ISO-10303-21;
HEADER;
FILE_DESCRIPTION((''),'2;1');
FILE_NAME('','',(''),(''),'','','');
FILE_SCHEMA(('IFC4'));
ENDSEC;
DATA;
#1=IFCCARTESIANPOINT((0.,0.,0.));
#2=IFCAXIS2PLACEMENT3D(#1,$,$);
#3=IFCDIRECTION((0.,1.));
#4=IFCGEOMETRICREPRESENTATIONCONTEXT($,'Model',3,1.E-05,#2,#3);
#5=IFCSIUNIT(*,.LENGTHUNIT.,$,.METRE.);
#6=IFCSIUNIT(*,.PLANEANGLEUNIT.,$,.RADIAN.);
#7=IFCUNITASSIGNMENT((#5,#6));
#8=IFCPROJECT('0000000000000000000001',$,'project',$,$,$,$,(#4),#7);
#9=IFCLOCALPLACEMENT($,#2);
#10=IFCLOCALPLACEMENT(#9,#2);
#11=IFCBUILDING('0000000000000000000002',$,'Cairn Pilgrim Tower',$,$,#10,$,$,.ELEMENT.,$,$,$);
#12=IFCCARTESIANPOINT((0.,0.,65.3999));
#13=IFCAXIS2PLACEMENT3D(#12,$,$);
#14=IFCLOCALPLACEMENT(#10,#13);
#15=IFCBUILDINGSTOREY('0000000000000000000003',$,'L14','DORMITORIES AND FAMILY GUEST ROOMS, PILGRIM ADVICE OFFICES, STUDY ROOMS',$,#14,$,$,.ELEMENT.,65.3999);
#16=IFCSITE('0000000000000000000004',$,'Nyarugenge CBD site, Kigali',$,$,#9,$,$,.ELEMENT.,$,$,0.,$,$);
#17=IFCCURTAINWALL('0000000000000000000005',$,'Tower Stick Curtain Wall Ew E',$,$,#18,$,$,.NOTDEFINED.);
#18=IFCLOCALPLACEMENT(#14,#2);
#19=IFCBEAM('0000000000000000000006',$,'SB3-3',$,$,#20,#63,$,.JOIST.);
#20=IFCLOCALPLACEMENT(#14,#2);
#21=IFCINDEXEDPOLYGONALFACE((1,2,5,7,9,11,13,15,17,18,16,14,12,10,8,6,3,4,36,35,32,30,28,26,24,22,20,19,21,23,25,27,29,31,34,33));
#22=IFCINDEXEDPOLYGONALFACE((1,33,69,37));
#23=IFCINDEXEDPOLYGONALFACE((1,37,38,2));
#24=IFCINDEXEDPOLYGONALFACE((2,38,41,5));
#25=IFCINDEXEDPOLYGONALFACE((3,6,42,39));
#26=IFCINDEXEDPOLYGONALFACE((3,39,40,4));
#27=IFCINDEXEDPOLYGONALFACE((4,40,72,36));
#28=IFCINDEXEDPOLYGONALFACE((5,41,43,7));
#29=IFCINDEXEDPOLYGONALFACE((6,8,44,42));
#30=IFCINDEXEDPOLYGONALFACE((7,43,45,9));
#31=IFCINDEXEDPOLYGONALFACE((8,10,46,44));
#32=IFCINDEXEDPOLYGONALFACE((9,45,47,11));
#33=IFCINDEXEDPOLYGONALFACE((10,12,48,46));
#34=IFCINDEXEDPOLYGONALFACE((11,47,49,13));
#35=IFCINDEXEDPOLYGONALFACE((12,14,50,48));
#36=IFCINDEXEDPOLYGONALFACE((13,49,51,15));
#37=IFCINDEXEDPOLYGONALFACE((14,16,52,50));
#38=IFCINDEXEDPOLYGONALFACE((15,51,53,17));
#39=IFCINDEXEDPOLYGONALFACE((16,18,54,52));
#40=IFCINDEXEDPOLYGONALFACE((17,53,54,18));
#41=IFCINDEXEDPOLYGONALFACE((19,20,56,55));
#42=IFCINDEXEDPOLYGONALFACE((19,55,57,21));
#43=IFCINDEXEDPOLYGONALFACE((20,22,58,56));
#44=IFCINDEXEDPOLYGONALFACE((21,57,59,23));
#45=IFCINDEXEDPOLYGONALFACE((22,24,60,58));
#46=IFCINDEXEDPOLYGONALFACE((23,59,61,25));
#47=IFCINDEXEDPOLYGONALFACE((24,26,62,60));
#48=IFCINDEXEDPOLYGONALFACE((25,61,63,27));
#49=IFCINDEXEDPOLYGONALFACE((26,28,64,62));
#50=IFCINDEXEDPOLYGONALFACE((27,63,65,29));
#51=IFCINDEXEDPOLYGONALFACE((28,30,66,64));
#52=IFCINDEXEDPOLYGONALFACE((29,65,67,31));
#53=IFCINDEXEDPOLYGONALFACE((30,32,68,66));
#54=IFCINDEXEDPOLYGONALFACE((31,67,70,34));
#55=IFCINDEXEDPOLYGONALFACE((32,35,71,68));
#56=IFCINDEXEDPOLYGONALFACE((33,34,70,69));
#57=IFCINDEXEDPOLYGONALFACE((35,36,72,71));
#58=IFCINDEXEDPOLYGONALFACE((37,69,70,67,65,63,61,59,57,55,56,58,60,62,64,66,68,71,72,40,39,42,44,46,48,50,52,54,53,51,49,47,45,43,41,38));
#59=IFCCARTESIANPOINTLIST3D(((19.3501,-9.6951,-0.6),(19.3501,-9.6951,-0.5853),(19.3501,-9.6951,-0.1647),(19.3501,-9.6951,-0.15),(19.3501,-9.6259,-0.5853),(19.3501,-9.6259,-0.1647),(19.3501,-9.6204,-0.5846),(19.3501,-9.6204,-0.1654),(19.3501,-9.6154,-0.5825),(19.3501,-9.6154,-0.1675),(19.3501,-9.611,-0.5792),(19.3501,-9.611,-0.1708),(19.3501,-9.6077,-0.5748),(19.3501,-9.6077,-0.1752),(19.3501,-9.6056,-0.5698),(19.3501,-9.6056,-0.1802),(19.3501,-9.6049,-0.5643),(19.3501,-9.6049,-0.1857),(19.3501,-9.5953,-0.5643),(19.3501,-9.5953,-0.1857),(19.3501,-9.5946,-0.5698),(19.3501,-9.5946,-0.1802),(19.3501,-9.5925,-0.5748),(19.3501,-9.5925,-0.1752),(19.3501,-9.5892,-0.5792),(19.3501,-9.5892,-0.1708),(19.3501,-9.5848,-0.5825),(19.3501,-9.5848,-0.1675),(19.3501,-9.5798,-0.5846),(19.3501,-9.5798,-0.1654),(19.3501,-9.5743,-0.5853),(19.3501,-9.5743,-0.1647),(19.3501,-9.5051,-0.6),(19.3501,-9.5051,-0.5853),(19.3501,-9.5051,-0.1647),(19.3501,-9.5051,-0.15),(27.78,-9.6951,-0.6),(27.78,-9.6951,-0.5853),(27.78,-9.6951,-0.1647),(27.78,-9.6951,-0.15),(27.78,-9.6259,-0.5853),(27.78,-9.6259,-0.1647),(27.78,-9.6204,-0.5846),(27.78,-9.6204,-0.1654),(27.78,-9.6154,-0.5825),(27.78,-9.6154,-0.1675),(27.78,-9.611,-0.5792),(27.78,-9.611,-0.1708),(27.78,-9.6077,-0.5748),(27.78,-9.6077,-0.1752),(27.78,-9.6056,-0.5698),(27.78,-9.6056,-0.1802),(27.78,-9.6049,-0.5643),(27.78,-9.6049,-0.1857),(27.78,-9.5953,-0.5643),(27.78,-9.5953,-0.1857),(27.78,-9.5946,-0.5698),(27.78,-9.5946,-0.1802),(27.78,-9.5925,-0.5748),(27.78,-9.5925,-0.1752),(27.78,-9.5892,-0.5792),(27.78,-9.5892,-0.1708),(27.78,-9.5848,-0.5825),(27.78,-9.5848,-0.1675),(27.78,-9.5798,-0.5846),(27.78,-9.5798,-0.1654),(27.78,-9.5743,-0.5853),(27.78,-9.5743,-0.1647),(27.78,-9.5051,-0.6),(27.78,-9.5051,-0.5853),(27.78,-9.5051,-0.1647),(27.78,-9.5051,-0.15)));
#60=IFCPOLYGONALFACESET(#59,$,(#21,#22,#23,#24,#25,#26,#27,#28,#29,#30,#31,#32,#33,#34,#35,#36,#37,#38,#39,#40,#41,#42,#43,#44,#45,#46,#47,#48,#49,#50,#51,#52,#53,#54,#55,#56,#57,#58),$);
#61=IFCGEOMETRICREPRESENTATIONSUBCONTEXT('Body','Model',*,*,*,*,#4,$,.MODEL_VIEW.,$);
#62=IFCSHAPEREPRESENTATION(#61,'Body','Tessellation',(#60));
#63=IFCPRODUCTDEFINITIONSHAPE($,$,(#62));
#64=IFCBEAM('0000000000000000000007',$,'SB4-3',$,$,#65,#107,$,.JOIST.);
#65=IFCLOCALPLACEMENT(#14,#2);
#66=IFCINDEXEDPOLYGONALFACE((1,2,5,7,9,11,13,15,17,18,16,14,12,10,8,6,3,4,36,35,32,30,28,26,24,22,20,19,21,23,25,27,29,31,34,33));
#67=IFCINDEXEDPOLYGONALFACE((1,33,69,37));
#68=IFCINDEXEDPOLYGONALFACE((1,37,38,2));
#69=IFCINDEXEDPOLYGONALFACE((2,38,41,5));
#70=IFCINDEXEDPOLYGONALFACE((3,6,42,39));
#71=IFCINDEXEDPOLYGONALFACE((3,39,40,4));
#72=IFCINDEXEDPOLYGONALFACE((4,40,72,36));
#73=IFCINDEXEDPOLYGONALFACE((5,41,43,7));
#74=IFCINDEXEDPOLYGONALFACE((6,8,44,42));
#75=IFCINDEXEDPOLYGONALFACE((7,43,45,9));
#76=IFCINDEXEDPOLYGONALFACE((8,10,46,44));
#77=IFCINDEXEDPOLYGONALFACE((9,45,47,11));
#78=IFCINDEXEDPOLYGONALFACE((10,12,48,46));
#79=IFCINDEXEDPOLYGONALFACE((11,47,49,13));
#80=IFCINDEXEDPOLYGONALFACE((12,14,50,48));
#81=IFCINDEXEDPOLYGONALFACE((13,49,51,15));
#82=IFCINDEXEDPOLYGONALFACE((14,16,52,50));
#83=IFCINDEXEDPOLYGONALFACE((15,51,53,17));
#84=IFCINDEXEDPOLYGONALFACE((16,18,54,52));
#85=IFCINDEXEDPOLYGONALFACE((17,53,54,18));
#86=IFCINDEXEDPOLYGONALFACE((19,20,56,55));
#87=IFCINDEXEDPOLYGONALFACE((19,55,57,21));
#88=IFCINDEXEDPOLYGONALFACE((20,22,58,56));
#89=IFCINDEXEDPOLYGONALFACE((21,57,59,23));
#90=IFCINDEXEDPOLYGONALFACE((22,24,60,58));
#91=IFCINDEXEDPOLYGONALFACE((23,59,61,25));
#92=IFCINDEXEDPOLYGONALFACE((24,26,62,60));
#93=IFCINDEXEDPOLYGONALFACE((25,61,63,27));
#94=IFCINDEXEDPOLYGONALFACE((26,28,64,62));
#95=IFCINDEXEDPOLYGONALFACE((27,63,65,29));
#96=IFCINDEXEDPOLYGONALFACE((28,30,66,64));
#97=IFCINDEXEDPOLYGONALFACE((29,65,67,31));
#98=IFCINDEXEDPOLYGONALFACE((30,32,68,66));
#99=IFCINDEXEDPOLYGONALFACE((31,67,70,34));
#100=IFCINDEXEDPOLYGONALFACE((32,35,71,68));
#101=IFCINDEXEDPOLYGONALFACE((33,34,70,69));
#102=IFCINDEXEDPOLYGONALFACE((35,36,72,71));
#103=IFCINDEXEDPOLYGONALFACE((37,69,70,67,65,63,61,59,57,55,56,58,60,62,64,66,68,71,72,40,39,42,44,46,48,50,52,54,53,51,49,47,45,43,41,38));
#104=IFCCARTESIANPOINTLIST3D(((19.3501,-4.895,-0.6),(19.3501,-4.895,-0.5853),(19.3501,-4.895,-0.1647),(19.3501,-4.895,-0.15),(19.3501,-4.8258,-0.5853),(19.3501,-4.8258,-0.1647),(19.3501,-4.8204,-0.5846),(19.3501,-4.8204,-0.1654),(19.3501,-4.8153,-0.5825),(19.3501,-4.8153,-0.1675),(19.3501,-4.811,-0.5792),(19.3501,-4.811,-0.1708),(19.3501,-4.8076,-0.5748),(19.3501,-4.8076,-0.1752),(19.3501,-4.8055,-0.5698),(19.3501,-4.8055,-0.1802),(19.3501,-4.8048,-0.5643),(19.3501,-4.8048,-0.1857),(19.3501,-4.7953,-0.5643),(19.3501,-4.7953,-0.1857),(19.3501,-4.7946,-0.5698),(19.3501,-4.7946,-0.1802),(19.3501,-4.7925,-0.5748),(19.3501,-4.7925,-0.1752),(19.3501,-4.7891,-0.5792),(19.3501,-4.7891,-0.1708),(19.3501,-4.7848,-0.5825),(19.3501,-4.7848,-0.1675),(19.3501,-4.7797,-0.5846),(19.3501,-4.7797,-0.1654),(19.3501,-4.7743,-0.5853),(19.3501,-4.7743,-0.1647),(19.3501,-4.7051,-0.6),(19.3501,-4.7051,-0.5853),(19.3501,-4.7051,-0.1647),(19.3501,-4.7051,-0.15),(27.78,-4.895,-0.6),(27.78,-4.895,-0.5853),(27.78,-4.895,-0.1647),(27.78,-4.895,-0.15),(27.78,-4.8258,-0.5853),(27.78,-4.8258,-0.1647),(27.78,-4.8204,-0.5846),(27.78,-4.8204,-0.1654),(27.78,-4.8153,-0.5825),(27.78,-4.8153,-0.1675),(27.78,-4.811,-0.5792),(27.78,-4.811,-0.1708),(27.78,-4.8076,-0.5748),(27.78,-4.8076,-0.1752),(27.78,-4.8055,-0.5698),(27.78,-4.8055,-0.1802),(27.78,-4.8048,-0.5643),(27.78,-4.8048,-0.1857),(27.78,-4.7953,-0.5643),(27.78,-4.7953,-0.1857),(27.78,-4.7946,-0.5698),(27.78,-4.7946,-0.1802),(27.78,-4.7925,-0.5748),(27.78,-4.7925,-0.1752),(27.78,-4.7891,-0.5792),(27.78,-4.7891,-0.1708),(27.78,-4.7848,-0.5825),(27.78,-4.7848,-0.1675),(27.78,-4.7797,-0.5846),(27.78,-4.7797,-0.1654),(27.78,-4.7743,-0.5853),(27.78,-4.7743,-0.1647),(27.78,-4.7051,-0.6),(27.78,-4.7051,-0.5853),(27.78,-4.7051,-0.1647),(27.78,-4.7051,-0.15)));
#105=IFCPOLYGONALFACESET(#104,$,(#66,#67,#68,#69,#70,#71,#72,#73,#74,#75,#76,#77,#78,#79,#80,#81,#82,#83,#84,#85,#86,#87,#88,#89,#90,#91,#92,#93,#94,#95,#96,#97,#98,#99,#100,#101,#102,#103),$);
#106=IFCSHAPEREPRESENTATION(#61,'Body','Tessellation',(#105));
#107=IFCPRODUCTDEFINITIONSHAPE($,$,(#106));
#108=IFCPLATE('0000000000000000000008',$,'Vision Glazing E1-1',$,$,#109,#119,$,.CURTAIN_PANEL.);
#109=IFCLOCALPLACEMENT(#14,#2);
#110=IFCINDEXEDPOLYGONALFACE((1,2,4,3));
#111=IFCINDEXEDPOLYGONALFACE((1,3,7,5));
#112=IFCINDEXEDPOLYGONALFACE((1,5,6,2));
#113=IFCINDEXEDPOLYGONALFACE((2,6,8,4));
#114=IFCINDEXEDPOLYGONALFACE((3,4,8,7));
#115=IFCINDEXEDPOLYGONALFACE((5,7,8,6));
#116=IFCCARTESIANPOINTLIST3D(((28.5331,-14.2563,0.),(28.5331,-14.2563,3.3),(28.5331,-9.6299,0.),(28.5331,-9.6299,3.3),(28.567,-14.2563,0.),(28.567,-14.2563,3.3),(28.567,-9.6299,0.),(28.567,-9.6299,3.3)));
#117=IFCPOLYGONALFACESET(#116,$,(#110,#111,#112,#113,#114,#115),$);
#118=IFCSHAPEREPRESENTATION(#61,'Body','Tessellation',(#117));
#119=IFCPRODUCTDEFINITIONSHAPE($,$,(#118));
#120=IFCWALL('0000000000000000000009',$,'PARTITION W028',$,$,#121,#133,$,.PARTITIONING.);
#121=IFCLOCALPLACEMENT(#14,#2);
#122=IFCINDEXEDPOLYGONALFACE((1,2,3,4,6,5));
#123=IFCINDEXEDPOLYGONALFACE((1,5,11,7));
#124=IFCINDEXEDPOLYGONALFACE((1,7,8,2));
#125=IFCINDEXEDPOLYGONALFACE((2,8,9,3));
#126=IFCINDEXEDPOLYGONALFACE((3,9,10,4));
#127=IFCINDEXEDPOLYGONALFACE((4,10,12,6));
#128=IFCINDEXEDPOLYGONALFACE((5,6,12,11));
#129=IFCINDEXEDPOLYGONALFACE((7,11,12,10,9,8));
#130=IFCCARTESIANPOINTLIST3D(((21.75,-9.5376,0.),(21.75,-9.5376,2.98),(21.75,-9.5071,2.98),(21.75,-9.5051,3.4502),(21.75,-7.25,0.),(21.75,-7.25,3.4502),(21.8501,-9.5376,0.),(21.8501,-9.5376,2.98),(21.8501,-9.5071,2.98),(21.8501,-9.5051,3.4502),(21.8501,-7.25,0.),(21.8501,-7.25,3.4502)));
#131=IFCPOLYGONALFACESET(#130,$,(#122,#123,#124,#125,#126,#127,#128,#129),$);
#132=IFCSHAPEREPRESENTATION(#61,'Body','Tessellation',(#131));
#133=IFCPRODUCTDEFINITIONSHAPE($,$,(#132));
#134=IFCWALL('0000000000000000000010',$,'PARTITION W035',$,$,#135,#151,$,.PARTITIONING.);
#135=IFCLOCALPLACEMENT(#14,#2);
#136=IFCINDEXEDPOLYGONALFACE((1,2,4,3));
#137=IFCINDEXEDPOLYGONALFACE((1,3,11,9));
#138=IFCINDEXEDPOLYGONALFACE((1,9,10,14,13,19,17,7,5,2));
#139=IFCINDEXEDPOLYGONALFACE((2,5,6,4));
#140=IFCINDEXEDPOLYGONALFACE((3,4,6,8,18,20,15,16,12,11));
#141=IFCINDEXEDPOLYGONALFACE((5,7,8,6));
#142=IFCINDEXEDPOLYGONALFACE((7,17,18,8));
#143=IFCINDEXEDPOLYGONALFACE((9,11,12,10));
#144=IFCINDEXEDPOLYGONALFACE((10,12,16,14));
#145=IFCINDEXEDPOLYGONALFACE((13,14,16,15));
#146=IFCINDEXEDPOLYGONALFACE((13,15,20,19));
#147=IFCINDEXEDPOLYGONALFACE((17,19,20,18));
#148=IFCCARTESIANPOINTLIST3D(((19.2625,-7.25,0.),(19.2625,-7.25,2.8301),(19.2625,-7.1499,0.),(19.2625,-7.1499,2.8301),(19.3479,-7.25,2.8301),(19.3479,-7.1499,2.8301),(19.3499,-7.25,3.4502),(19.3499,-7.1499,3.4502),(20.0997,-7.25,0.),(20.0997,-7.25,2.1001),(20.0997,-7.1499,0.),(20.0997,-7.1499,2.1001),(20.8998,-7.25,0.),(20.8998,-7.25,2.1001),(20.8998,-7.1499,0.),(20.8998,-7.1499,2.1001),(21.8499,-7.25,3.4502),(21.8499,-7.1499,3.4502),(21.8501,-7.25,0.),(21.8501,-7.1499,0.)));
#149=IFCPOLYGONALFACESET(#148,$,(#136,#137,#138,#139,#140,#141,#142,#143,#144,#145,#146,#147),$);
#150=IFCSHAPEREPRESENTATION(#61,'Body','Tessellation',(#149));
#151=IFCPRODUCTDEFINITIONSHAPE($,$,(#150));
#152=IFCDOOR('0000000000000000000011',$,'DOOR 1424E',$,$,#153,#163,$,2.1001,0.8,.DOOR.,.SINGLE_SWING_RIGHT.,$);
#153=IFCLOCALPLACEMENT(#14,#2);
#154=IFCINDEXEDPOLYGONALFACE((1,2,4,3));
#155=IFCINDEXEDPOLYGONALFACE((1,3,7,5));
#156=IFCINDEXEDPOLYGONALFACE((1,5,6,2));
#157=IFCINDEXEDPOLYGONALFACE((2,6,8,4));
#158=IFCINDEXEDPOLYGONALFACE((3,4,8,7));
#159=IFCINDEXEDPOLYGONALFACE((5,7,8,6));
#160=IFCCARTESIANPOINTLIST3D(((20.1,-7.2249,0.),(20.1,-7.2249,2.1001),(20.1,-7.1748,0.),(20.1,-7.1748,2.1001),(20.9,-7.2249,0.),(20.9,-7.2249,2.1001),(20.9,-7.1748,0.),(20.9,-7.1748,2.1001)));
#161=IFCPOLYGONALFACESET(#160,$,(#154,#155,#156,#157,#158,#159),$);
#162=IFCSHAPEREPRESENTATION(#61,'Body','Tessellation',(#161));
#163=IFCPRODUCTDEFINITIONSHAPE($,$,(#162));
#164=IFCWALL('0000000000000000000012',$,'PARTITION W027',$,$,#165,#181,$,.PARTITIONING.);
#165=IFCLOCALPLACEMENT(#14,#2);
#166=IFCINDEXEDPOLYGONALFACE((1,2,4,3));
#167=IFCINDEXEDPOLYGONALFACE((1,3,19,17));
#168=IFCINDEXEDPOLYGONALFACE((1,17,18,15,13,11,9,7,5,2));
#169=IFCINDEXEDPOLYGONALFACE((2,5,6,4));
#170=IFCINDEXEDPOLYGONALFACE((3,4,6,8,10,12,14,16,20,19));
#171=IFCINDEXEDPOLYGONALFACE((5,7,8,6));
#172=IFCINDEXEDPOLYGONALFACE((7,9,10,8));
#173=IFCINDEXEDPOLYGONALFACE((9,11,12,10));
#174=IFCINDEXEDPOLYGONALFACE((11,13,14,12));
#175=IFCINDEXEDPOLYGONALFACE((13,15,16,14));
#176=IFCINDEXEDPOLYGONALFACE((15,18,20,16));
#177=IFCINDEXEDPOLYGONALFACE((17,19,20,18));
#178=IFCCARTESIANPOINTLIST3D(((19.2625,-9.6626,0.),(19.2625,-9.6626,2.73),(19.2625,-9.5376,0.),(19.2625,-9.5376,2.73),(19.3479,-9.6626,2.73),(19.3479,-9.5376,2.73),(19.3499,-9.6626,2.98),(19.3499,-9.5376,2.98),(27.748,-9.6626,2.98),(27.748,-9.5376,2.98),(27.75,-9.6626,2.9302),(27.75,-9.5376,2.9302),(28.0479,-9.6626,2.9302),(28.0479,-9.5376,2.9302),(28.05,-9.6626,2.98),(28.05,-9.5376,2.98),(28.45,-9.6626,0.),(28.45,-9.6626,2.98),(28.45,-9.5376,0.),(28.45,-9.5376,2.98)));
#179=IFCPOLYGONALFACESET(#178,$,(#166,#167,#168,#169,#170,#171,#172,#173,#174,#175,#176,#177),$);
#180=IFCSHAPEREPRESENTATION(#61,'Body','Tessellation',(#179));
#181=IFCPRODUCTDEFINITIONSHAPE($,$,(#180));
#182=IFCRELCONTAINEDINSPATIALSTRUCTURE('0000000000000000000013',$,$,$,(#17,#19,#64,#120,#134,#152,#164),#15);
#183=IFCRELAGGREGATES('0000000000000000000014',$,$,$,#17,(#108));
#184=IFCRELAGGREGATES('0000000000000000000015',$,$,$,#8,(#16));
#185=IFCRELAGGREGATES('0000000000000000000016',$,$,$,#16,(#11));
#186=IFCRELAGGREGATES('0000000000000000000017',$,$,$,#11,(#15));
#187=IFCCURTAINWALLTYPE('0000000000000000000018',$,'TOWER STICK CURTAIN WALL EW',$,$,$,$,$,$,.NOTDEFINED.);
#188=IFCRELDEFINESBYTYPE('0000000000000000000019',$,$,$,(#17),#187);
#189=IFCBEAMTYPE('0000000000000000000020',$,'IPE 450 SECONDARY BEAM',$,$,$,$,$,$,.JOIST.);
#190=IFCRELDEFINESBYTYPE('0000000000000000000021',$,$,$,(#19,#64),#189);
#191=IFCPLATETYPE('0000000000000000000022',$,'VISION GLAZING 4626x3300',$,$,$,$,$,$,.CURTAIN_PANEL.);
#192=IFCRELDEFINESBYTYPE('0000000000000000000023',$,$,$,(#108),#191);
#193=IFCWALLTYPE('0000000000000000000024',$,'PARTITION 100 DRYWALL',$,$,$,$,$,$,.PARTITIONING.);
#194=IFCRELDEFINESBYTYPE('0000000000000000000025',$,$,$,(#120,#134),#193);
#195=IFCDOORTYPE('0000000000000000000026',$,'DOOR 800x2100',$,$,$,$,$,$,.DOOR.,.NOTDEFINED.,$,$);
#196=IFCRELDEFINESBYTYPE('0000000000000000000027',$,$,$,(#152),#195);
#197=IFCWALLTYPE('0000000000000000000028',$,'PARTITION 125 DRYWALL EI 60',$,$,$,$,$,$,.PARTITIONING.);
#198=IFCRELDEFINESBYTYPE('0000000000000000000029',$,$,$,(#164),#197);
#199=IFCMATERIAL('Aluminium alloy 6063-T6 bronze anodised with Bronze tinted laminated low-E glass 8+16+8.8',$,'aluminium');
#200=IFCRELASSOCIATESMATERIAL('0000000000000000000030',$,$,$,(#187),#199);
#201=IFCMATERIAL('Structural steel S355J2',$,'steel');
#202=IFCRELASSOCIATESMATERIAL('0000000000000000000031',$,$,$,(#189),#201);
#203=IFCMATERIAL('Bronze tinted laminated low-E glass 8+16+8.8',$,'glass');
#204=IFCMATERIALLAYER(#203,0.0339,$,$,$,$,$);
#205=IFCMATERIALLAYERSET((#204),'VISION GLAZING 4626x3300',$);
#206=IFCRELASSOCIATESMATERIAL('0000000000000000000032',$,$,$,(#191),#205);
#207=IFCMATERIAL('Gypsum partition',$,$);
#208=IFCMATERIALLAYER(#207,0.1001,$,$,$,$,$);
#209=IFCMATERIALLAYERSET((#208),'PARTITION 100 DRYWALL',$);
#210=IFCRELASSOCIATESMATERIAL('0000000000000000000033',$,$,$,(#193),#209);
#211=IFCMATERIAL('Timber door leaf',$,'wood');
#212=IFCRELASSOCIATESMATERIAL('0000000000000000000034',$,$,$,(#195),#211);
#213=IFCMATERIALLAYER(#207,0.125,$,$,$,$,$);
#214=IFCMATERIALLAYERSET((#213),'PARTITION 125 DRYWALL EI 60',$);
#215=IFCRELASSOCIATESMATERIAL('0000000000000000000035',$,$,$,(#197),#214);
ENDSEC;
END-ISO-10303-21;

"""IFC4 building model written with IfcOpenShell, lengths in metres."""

from ifc_helpers import new_model, si_unit, direction, frame, frame_2d, origin, origin_2d, place, context, subcontext, project, spatial, polyline, rectangle, i_section, outline, extrude, material, layer, layer_set, material_profile, profile_set, type_object, element, fill, aggregate, save


model = new_model("IFC4")

# Units and contexts
model_context = context("Model", 3, precision=1e-05, world=origin(), true_north=direction((0.0, 1.0)))
body_context = subcontext(model_context, "Body", "Model", "MODEL_VIEW")
ifc_project = project(units=[si_unit("LENGTHUNIT", "METRE"), si_unit("PLANEANGLEUNIT", "RADIAN")], contexts=[model_context])

# Site, building, storey
site_placement = place(None, origin())
site = spatial("IfcSite", under=ifc_project, at=site_placement, Name="Nyarugenge CBD site, Kigali", CompositionType="ELEMENT", RefElevation=0.0)
building_placement = place(site_placement, origin())
building = spatial("IfcBuilding", under=site, at=building_placement, Name="Cairn Pilgrim Tower", CompositionType="ELEMENT")
storey_placement = place(building_placement, frame((0.0, 0.0, 65.3999)))
storey = spatial("IfcBuildingStorey", under=building, at=storey_placement, Name="L14", Description="DORMITORIES AND FAMILY GUEST ROOMS, PILGRIM ADVICE OFFICES, STUDY ROOMS", CompositionType="ELEMENT", Elevation=65.3999)

# Curtain wall
ifc_material_1 = material(Name="Aluminium alloy 6063-T6 bronze anodised with Bronze tinted laminated low-E glass 8+16+8.8", Category="aluminium")
curtain_wall_type = type_object("IfcCurtainWallType", Name="TOWER STICK CURTAIN WALL EW", PredefinedType="NOTDEFINED", material=ifc_material_1)
curtain_wall_placement = place(storey_placement, origin())
curtain_wall = element("IfcCurtainWall", 1, at=curtain_wall_placement, inside=storey, type_object=curtain_wall_type, Name="Tower Stick Curtain Wall Ew E", PredefinedType="NOTDEFINED")

# Beams
ifc_material_2 = material(Name="Structural steel S355J2", Category="steel")
ifc_material_profile_1 = material_profile(ifc_material_2, i_section(OverallWidth=0.1899, OverallDepth=0.45, WebThickness=0.0095, FlangeThickness=0.0146, FilletRadius=0.021, at=origin_2d()), Name="IPE 450")
ifc_profile_set_1 = profile_set([ifc_material_profile_1], Name="Structural steel S355J2")
beam_type_1 = type_object("IfcBeamType", Name="IPE 450 SECONDARY BEAM", PredefinedType="JOIST", material=ifc_profile_set_1)
for number, where, z_axis, x_axis, name in (
    (2, (19.3501, -9.6001, -0.375), (1.0, 0.0, 0.0), (0.0, 1.0, 0.0), "SB3-3"),
    (3, (19.3501, -4.8, -0.375), (1.0, 0.0, 0.0), (0.0, 1.0, 0.0), "SB4-3"),
):
    element("IfcBeam", number, at=place(storey_placement, frame(where, z_axis=z_axis, x_axis=x_axis)), inside=storey, type_object=beam_type_1, Name=name, PredefinedType="JOIST", context=body_context, shape_type="SweptSolid", body=[
        extrude(i_section(OverallWidth=0.1899, OverallDepth=0.45, WebThickness=0.0095, FlangeThickness=0.0146, FilletRadius=0.021, at=origin_2d()), origin(), (0.0, 0.0, 1.0), 8.4299),
    ])

# Plate
ifc_material_3 = material(Name="Bronze tinted laminated low-E glass 8+16+8.8", Category="glass")
ifc_layer_1 = layer(ifc_material_3, 0.0339)
ifc_layer_set_1 = layer_set([ifc_layer_1], Name="VISION GLAZING 4626x3300")
plate_type = type_object("IfcPlateType", Name="VISION GLAZING 4626x3300", PredefinedType="CURTAIN_PANEL", material=ifc_layer_set_1)
plate_placement = place(storey_placement, frame((28.55, -11.9431, 0.0), z_axis=(0.0, 0.0, 1.0), x_axis=(0.0, 1.0, 0.0)))
plate = element("IfcPlate", 4, at=plate_placement, type_object=plate_type, Name="Vision Glazing E1-1", PredefinedType="CURTAIN_PANEL", context=body_context, shape_type="SweptSolid", body=[
    extrude(rectangle(XDim=4.6265, YDim=0.0339, at=origin_2d()), origin(), (0.0, 0.0, 1.0), 3.3),
])
aggregate(curtain_wall, [plate])

# Wall
ifc_material_4 = material(Name="Gypsum partition")
ifc_layer_2 = layer(ifc_material_4, 0.1001)
ifc_layer_set_2 = layer_set([ifc_layer_2], Name="PARTITION 100 DRYWALL")
wall_type_1 = type_object("IfcWallType", Name="PARTITION 100 DRYWALL", PredefinedType="PARTITIONING", material=ifc_layer_set_2)
wall_1_placement = place(storey_placement, frame((21.8, -9.5376, 0.0), z_axis=(0.0, 0.0, 1.0), x_axis=(0.0, 1.0, 0.0)))
element("IfcWall", 5, at=wall_1_placement, inside=storey, type_object=wall_type_1, Name="PARTITION W028", PredefinedType="PARTITIONING", context=body_context, shape_type="SweptSolid", body=[
    extrude(outline(polyline([(0.0, 0.0), (2.2876, 0.0), (2.2876, 3.4502), (0.0325, 3.4502), (0.0305, 2.98), (0.0, 2.98), (0.0, 0.0)])), frame((0.0, 0.05, 0.0), z_axis=(0.0, -1.0, 0.0), x_axis=(1.0, 0.0, 0.0)), (0.0, 0.0, 1.0), 0.1001),
])

# Wall, opening, door
wall_2_placement = place(storey_placement, frame((19.2625, -7.2, 0.0), z_axis=(0.0, 0.0, 1.0), x_axis=(1.0, 0.0, 0.0)))
wall_2 = element("IfcWall", 6, at=wall_2_placement, inside=storey, type_object=wall_type_1, Name="PARTITION W035", PredefinedType="PARTITIONING", context=body_context, shape_type="SweptSolid", body=[
    extrude(outline(polyline([(0.0, 0.0), (2.5876, 0.0), (2.5874, 3.4502), (0.0874, 3.4502), (0.0854, 2.8301), (0.0, 2.8301), (0.0, 0.0)])), frame((0.0, 0.05, 0.0), z_axis=(0.0, -1.0, 0.0), x_axis=(1.0, 0.0, 0.0)), (0.0, 0.0, 1.0), 0.1001),
])
opening_1_placement = place(wall_2_placement, frame((0.8374, 0.0, 0.0)))
opening_1 = element("IfcOpeningElement", 7, at=opening_1_placement, cuts=wall_2, PredefinedType="OPENING", context=body_context, shape_type="SweptSolid", body=[
    extrude(rectangle(XDim=0.8, YDim=2.1001, at=frame_2d((0.3999, 1.05))), frame((0.0, 0.0601, 0.0), z_axis=(0.0, -1.0, 0.0), x_axis=(1.0, 0.0, 0.0)), (0.0, 0.0, 1.0), 0.1201),
])
ifc_material_5 = material(Name="Timber door leaf", Category="wood")
door_type_1 = type_object("IfcDoorType", Name="DOOR 800x2100", OperationType="NOTDEFINED", PredefinedType="DOOR", material=ifc_material_5)
door_1_placement = place(opening_1_placement, frame((0.8, 0.0, 0.0), z_axis=(0.0, 0.0, 1.0), x_axis=(-1.0, 0.0, 0.0)))
door_1 = element("IfcDoor", 8, at=door_1_placement, inside=storey, type_object=door_type_1, Name="DOOR 1424E", OperationType="SINGLE_SWING_RIGHT", OverallHeight=2.1001, OverallWidth=0.8, PredefinedType="DOOR", context=body_context, shape_type="SweptSolid", body=[
    extrude(rectangle(XDim=0.8, YDim=2.1001, at=frame_2d((0.3999, 1.05))), frame((0.0, 0.0249, 0.0), z_axis=(0.0, -1.0, 0.0), x_axis=(1.0, 0.0, 0.0)), (0.0, 0.0, 1.0), 0.05),
])
fill(opening_1, door_1)

# Wall
ifc_layer_3 = layer(ifc_material_4, 0.125)
ifc_layer_set_3 = layer_set([ifc_layer_3], Name="PARTITION 125 DRYWALL EI 60")
wall_type_2 = type_object("IfcWallType", Name="PARTITION 125 DRYWALL EI 60", PredefinedType="PARTITIONING", material=ifc_layer_set_3)
wall_3_placement = place(storey_placement, frame((19.2625, -9.6001, 0.0), z_axis=(0.0, 0.0, 1.0), x_axis=(1.0, 0.0, 0.0)))
element("IfcWall", 9, at=wall_3_placement, inside=storey, type_object=wall_type_2, Name="PARTITION W027", PredefinedType="PARTITIONING", context=body_context, shape_type="SweptSolid", body=[
    extrude(outline(polyline([(0.0, 0.0), (9.1875, 0.0), (9.1875, 2.98), (8.7876, 2.98), (8.7854, 2.9302), (8.4875, 2.9302), (8.4856, 2.98), (0.0874, 2.98), (0.0854, 2.73), (0.0, 2.73), (0.0, 0.0)])), frame((0.0, 0.0625, 0.0), z_axis=(0.0, -1.0, 0.0), x_axis=(1.0, 0.0, 0.0)), (0.0, 0.0, 1.0), 0.125),
])

save(model, "model.ifc")
